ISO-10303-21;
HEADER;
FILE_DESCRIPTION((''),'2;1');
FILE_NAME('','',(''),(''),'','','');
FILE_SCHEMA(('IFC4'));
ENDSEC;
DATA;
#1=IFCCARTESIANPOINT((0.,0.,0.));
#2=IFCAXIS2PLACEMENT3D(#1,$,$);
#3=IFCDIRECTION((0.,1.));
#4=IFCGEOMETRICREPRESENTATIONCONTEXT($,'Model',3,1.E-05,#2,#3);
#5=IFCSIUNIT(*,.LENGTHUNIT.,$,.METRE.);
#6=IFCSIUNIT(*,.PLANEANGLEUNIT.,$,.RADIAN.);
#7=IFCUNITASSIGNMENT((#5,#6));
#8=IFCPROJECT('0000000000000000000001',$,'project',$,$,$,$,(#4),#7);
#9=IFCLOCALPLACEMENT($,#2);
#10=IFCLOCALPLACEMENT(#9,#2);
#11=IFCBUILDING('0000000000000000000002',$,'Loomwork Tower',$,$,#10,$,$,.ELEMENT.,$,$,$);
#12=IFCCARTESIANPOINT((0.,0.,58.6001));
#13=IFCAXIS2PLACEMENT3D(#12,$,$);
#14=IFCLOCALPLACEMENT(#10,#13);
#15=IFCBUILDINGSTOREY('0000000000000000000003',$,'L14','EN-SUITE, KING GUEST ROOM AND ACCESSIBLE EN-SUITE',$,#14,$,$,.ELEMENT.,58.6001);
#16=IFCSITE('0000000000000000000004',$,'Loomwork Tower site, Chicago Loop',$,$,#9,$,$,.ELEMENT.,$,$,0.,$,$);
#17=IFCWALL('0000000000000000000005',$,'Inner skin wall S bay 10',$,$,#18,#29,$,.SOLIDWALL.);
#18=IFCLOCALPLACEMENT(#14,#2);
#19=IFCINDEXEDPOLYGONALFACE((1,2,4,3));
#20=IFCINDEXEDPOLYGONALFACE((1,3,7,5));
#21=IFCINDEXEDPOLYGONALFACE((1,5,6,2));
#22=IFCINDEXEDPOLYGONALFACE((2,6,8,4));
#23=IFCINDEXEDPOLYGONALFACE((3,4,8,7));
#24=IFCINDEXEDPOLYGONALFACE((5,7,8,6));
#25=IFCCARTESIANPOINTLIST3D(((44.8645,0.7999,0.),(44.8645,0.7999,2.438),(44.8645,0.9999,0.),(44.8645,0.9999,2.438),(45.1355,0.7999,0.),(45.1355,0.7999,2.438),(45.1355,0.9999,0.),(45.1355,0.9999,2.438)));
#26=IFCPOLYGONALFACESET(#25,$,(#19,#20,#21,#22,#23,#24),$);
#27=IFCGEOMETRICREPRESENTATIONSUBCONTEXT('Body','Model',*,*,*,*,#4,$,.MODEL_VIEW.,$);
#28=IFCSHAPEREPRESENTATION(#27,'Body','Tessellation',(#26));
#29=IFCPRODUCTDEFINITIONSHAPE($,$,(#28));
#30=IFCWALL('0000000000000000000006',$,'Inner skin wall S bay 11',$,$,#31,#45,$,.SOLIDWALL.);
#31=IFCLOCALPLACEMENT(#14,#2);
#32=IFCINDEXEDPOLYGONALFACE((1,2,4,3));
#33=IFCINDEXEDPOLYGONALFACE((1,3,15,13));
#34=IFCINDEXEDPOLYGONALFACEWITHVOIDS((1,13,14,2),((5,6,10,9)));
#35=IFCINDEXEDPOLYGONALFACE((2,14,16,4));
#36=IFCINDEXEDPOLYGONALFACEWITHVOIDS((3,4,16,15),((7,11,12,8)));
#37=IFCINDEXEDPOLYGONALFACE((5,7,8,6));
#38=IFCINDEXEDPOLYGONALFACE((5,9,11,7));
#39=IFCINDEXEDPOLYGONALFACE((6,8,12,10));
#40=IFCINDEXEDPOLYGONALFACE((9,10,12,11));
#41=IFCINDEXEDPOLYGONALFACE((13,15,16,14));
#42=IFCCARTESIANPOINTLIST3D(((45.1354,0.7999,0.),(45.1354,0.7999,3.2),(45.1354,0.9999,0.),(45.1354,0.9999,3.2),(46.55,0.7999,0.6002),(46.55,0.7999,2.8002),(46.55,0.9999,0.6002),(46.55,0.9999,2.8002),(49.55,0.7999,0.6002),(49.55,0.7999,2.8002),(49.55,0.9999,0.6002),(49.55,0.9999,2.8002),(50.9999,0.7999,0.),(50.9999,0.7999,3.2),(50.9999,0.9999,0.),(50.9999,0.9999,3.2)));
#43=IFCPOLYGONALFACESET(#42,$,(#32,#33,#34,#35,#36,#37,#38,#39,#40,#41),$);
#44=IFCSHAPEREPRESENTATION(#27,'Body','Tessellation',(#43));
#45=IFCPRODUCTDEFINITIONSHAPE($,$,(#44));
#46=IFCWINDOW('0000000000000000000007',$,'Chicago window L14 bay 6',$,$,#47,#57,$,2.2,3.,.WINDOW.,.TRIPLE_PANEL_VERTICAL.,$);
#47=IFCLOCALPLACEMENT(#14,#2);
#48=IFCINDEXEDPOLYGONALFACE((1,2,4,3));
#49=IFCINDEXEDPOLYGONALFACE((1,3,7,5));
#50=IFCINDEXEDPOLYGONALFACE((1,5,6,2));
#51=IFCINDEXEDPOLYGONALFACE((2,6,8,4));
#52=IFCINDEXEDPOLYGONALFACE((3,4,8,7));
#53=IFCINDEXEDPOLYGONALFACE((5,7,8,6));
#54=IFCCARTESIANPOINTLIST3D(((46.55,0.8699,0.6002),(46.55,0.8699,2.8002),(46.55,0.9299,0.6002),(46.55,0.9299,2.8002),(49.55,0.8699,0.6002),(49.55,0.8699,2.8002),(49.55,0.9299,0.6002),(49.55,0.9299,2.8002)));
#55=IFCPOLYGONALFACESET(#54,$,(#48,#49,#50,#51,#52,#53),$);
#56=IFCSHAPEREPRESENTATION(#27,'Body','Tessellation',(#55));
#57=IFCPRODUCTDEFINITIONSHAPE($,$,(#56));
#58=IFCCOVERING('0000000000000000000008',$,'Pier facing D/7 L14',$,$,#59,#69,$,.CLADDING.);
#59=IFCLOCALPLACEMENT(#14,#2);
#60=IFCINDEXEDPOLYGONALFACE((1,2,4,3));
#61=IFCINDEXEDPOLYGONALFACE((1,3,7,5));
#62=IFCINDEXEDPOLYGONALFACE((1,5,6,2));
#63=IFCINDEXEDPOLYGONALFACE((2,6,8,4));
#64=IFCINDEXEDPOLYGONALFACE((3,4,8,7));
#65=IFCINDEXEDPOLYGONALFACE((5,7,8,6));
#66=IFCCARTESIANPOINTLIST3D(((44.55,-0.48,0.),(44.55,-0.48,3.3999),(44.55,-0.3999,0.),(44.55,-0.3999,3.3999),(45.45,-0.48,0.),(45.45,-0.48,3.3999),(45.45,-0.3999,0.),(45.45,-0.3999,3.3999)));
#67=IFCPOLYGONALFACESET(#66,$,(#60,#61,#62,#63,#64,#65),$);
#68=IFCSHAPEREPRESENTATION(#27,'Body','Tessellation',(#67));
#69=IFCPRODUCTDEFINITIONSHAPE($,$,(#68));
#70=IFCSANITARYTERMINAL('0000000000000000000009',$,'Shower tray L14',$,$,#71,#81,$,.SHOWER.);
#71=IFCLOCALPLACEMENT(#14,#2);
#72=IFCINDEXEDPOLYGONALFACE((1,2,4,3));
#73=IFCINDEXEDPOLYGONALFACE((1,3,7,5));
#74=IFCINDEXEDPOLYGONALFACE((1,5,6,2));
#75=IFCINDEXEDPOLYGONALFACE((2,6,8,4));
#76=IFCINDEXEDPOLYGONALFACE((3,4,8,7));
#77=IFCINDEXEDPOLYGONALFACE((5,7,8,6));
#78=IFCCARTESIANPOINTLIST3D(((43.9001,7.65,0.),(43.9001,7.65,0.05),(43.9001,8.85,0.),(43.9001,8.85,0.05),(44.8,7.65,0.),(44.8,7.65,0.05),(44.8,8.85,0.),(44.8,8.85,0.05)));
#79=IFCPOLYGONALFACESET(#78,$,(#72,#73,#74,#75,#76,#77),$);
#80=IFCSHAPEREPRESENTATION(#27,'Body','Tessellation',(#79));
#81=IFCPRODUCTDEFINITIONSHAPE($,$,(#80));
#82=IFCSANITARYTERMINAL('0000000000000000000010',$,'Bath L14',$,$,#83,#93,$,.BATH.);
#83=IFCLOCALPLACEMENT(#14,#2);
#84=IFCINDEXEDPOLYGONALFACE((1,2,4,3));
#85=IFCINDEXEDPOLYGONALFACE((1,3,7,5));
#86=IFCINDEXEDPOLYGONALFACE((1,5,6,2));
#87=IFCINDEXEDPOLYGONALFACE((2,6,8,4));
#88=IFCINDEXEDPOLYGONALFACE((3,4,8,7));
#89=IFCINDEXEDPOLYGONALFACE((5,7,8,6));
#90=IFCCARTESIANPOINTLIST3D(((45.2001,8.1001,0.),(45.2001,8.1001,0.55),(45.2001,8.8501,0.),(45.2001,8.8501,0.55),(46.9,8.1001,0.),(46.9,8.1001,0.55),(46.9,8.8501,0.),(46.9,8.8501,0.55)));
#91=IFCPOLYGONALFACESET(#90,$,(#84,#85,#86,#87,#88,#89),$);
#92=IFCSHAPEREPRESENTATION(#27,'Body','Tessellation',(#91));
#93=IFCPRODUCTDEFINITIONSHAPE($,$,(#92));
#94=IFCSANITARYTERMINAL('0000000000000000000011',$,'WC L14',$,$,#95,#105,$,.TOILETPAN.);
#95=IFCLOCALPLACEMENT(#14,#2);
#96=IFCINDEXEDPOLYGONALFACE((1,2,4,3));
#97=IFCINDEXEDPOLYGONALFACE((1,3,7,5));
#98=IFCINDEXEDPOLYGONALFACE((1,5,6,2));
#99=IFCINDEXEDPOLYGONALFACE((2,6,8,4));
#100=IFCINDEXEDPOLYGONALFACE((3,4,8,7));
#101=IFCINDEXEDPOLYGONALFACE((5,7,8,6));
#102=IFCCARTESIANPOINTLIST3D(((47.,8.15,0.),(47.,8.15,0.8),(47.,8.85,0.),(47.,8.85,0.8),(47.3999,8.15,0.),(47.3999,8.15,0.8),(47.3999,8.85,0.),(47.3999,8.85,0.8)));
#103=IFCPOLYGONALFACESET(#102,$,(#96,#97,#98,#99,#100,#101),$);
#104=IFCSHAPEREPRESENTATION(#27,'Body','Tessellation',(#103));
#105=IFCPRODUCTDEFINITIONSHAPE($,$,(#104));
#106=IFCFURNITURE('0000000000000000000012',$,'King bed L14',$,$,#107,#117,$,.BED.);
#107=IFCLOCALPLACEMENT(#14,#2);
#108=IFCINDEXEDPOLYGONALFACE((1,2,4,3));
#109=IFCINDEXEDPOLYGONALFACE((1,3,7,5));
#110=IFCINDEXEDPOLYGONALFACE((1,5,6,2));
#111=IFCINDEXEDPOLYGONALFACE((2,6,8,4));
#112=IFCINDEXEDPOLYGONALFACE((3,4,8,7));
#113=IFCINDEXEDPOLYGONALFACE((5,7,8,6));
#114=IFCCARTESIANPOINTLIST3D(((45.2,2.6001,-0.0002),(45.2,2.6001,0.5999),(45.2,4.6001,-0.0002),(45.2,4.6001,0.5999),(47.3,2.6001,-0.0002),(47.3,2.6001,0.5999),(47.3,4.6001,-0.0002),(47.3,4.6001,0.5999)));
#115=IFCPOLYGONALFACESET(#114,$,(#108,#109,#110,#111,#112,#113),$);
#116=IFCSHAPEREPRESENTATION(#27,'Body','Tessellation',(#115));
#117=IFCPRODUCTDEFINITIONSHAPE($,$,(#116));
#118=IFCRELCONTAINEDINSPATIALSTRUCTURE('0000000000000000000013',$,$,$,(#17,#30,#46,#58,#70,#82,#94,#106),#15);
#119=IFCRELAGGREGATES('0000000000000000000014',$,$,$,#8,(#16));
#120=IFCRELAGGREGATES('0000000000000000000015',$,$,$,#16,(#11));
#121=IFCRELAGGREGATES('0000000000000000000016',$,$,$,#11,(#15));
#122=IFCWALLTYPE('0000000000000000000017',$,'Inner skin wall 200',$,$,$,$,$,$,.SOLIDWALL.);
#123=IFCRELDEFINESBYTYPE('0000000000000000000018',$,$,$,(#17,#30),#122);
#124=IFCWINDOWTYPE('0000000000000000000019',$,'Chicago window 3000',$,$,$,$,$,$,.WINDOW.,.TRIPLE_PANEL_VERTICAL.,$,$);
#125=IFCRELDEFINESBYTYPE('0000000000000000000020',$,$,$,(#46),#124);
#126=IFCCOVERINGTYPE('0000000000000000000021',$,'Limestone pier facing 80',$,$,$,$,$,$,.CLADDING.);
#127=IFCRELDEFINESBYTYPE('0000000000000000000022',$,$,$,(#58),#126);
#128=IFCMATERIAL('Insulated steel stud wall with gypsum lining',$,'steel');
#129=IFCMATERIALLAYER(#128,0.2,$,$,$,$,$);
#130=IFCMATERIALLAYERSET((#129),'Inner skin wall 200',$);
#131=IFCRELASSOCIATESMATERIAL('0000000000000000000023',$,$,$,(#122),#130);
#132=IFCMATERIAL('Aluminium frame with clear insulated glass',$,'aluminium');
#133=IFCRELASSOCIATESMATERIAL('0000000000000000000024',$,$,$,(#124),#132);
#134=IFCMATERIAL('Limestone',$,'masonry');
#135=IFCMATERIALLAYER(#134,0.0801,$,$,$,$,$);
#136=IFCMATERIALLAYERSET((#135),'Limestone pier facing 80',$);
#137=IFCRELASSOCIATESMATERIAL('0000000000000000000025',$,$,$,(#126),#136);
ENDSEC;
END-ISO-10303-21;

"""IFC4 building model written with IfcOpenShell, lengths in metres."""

from ifc_helpers import new_model, si_unit, direction, frame, frame_2d, origin, origin_2d, place, context, subcontext, project, spatial, rectangle, extrude, material, layer, layer_set, type_object, element, fill, save


model = new_model("IFC4")

# Units and contexts
model_context = context("Model", 3, precision=1e-05, world=origin(), true_north=direction((0.0, 1.0)))
body_context = subcontext(model_context, "Body", "Model", "MODEL_VIEW")
ifc_project = project(units=[si_unit("LENGTHUNIT", "METRE"), si_unit("PLANEANGLEUNIT", "RADIAN")], contexts=[model_context])

# Site, building, storey
site_placement = place(None, origin())
site = spatial("IfcSite", under=ifc_project, at=site_placement, Name="Loomwork Tower site, Chicago Loop", CompositionType="ELEMENT", RefElevation=0.0)
building_placement = place(site_placement, origin())
building = spatial("IfcBuilding", under=site, at=building_placement, Name="Loomwork Tower", CompositionType="ELEMENT")
storey_placement = place(building_placement, frame((0.0, 0.0, 58.6001)))
storey = spatial("IfcBuildingStorey", under=building, at=storey_placement, Name="L14", Description="EN-SUITE, KING GUEST ROOM AND ACCESSIBLE EN-SUITE", CompositionType="ELEMENT", Elevation=58.6001)

# Wall
ifc_material_1 = material(Name="Insulated steel stud wall with gypsum lining", Category="steel")
ifc_layer_1 = layer(ifc_material_1, 0.2)
ifc_layer_set_1 = layer_set([ifc_layer_1], Name="Inner skin wall 200")
wall_type_1 = type_object("IfcWallType", Name="Inner skin wall 200", PredefinedType="SOLIDWALL", material=ifc_layer_set_1)
wall_1_placement = place(storey_placement, frame((44.8645, 0.8999, 0.0), z_axis=(0.0, 0.0, 1.0), x_axis=(1.0, 0.0, 0.0)))
element("IfcWall", 1, at=wall_1_placement, inside=storey, type_object=wall_type_1, Name="Inner skin wall S bay 10", PredefinedType="SOLIDWALL", context=body_context, shape_type="SweptSolid", body=[
    extrude(rectangle(XDim=0.271, YDim=0.2, at=frame_2d((0.1355, 0.0))), origin(), (0.0, 0.0, 1.0), 2.438),
])

# Wall, opening, window
wall_2_placement = place(storey_placement, frame((45.1355, 0.8999, 0.0), z_axis=(0.0, 0.0, 1.0), x_axis=(1.0, 0.0, 0.0)))
wall_2 = element("IfcWall", 2, at=wall_2_placement, inside=storey, type_object=wall_type_1, Name="Inner skin wall S bay 11", PredefinedType="SOLIDWALL", context=body_context, shape_type="SweptSolid", body=[
    extrude(rectangle(XDim=5.8645, YDim=0.2, at=frame_2d((2.9321, 0.0))), origin(), (0.0, 0.0, 1.0), 3.2),
])
opening_placement = place(wall_2_placement, frame((1.4146, 0.0, 0.6001)))
opening = element("IfcOpeningElement", 3, at=opening_placement, cuts=wall_2, PredefinedType="OPENING", context=body_context, shape_type="SweptSolid", body=[
    extrude(rectangle(XDim=3.0, YDim=2.2, at=frame_2d((1.5, 1.1001))), frame((0.0, 0.1099, 0.0), z_axis=(0.0, -1.0, 0.0), x_axis=(1.0, 0.0, 0.0)), (0.0, 0.0, 1.0), 0.22),
])
ifc_material_2 = material(Name="Aluminium frame with clear insulated glass", Category="aluminium")
window_type = type_object("IfcWindowType", Name="Chicago window 3000", PartitioningType="TRIPLE_PANEL_VERTICAL", PredefinedType="WINDOW", material=ifc_material_2)
window_placement = place(opening_placement, origin())
window = element("IfcWindow", 4, at=window_placement, inside=storey, type_object=window_type, Name="Chicago window L14 bay 6", OverallHeight=2.2, OverallWidth=3.0, PartitioningType="TRIPLE_PANEL_VERTICAL", PredefinedType="WINDOW", context=body_context, shape_type="SweptSolid", body=[
    extrude(rectangle(XDim=3.0, YDim=2.2, at=frame_2d((1.5, 1.1001))), frame((0.0, 0.03, 0.0), z_axis=(0.0, -1.0, 0.0), x_axis=(1.0, 0.0, 0.0)), (0.0, 0.0, 1.0), 0.0601),
])
fill(opening, window)

# Covering
ifc_material_3 = material(Name="Limestone", Category="masonry")
ifc_layer_2 = layer(ifc_material_3, 0.0801)
ifc_layer_set_2 = layer_set([ifc_layer_2], Name="Limestone pier facing 80")
covering_type = type_object("IfcCoveringType", Name="Limestone pier facing 80", PredefinedType="CLADDING", material=ifc_layer_set_2)
covering_placement = place(storey_placement, frame((45.0, -0.4399, 0.0), z_axis=(0.0, 0.0, 1.0), x_axis=(1.0, 0.0, 0.0)))
element("IfcCovering", 5, at=covering_placement, inside=storey, type_object=covering_type, Name="Pier facing D/7 L14", PredefinedType="CLADDING", context=body_context, shape_type="SweptSolid", body=[
    extrude(rectangle(XDim=0.8999, YDim=0.0801, at=origin_2d()), origin(), (0.0, 0.0, 1.0), 3.3999),
])

# Sanitary terminals
sanitary_terminal_1_placement = place(storey_placement, frame((44.3501, 8.25, 0.0), z_axis=(0.0, 0.0, 1.0), x_axis=(1.0, 0.0, 0.0)))
element("IfcSanitaryTerminal", 6, at=sanitary_terminal_1_placement, inside=storey, Name="Shower tray L14", PredefinedType="SHOWER", context=body_context, shape_type="SweptSolid", body=[
    extrude(rectangle(XDim=0.8999, YDim=1.2, at=origin_2d()), origin(), (0.0, 0.0, 1.0), 0.05),
])
sanitary_terminal_2_placement = place(storey_placement, frame((46.05, 8.4751, 0.0), z_axis=(0.0, 0.0, 1.0), x_axis=(1.0, 0.0, 0.0)))
element("IfcSanitaryTerminal", 7, at=sanitary_terminal_2_placement, inside=storey, Name="Bath L14", PredefinedType="BATH", context=body_context, shape_type="SweptSolid", body=[
    extrude(rectangle(XDim=1.7, YDim=0.75, at=origin_2d()), origin(), (0.0, 0.0, 1.0), 0.55),
])
sanitary_terminal_3_placement = place(storey_placement, frame((47.2, 8.5, 0.0), z_axis=(0.0, 0.0, 1.0), x_axis=(1.0, 0.0, 0.0)))
element("IfcSanitaryTerminal", 8, at=sanitary_terminal_3_placement, inside=storey, Name="WC L14", PredefinedType="TOILETPAN", context=body_context, shape_type="SweptSolid", body=[
    extrude(rectangle(XDim=0.3999, YDim=0.7, at=origin_2d()), origin(), (0.0, 0.0, 1.0), 0.8),
])

# Furniture
furniture_placement = place(storey_placement, frame((46.25, 3.6001, -0.0002), z_axis=(0.0, 0.0, 1.0), x_axis=(1.0, 0.0, 0.0)))
element("IfcFurniture", 9, at=furniture_placement, inside=storey, Name="King bed L14", PredefinedType="BED", context=body_context, shape_type="SweptSolid", body=[
    extrude(rectangle(XDim=2.1001, YDim=2.0, at=origin_2d()), origin(), (0.0, 0.0, 1.0), 0.6001),
])

save(model, "model.ifc")
